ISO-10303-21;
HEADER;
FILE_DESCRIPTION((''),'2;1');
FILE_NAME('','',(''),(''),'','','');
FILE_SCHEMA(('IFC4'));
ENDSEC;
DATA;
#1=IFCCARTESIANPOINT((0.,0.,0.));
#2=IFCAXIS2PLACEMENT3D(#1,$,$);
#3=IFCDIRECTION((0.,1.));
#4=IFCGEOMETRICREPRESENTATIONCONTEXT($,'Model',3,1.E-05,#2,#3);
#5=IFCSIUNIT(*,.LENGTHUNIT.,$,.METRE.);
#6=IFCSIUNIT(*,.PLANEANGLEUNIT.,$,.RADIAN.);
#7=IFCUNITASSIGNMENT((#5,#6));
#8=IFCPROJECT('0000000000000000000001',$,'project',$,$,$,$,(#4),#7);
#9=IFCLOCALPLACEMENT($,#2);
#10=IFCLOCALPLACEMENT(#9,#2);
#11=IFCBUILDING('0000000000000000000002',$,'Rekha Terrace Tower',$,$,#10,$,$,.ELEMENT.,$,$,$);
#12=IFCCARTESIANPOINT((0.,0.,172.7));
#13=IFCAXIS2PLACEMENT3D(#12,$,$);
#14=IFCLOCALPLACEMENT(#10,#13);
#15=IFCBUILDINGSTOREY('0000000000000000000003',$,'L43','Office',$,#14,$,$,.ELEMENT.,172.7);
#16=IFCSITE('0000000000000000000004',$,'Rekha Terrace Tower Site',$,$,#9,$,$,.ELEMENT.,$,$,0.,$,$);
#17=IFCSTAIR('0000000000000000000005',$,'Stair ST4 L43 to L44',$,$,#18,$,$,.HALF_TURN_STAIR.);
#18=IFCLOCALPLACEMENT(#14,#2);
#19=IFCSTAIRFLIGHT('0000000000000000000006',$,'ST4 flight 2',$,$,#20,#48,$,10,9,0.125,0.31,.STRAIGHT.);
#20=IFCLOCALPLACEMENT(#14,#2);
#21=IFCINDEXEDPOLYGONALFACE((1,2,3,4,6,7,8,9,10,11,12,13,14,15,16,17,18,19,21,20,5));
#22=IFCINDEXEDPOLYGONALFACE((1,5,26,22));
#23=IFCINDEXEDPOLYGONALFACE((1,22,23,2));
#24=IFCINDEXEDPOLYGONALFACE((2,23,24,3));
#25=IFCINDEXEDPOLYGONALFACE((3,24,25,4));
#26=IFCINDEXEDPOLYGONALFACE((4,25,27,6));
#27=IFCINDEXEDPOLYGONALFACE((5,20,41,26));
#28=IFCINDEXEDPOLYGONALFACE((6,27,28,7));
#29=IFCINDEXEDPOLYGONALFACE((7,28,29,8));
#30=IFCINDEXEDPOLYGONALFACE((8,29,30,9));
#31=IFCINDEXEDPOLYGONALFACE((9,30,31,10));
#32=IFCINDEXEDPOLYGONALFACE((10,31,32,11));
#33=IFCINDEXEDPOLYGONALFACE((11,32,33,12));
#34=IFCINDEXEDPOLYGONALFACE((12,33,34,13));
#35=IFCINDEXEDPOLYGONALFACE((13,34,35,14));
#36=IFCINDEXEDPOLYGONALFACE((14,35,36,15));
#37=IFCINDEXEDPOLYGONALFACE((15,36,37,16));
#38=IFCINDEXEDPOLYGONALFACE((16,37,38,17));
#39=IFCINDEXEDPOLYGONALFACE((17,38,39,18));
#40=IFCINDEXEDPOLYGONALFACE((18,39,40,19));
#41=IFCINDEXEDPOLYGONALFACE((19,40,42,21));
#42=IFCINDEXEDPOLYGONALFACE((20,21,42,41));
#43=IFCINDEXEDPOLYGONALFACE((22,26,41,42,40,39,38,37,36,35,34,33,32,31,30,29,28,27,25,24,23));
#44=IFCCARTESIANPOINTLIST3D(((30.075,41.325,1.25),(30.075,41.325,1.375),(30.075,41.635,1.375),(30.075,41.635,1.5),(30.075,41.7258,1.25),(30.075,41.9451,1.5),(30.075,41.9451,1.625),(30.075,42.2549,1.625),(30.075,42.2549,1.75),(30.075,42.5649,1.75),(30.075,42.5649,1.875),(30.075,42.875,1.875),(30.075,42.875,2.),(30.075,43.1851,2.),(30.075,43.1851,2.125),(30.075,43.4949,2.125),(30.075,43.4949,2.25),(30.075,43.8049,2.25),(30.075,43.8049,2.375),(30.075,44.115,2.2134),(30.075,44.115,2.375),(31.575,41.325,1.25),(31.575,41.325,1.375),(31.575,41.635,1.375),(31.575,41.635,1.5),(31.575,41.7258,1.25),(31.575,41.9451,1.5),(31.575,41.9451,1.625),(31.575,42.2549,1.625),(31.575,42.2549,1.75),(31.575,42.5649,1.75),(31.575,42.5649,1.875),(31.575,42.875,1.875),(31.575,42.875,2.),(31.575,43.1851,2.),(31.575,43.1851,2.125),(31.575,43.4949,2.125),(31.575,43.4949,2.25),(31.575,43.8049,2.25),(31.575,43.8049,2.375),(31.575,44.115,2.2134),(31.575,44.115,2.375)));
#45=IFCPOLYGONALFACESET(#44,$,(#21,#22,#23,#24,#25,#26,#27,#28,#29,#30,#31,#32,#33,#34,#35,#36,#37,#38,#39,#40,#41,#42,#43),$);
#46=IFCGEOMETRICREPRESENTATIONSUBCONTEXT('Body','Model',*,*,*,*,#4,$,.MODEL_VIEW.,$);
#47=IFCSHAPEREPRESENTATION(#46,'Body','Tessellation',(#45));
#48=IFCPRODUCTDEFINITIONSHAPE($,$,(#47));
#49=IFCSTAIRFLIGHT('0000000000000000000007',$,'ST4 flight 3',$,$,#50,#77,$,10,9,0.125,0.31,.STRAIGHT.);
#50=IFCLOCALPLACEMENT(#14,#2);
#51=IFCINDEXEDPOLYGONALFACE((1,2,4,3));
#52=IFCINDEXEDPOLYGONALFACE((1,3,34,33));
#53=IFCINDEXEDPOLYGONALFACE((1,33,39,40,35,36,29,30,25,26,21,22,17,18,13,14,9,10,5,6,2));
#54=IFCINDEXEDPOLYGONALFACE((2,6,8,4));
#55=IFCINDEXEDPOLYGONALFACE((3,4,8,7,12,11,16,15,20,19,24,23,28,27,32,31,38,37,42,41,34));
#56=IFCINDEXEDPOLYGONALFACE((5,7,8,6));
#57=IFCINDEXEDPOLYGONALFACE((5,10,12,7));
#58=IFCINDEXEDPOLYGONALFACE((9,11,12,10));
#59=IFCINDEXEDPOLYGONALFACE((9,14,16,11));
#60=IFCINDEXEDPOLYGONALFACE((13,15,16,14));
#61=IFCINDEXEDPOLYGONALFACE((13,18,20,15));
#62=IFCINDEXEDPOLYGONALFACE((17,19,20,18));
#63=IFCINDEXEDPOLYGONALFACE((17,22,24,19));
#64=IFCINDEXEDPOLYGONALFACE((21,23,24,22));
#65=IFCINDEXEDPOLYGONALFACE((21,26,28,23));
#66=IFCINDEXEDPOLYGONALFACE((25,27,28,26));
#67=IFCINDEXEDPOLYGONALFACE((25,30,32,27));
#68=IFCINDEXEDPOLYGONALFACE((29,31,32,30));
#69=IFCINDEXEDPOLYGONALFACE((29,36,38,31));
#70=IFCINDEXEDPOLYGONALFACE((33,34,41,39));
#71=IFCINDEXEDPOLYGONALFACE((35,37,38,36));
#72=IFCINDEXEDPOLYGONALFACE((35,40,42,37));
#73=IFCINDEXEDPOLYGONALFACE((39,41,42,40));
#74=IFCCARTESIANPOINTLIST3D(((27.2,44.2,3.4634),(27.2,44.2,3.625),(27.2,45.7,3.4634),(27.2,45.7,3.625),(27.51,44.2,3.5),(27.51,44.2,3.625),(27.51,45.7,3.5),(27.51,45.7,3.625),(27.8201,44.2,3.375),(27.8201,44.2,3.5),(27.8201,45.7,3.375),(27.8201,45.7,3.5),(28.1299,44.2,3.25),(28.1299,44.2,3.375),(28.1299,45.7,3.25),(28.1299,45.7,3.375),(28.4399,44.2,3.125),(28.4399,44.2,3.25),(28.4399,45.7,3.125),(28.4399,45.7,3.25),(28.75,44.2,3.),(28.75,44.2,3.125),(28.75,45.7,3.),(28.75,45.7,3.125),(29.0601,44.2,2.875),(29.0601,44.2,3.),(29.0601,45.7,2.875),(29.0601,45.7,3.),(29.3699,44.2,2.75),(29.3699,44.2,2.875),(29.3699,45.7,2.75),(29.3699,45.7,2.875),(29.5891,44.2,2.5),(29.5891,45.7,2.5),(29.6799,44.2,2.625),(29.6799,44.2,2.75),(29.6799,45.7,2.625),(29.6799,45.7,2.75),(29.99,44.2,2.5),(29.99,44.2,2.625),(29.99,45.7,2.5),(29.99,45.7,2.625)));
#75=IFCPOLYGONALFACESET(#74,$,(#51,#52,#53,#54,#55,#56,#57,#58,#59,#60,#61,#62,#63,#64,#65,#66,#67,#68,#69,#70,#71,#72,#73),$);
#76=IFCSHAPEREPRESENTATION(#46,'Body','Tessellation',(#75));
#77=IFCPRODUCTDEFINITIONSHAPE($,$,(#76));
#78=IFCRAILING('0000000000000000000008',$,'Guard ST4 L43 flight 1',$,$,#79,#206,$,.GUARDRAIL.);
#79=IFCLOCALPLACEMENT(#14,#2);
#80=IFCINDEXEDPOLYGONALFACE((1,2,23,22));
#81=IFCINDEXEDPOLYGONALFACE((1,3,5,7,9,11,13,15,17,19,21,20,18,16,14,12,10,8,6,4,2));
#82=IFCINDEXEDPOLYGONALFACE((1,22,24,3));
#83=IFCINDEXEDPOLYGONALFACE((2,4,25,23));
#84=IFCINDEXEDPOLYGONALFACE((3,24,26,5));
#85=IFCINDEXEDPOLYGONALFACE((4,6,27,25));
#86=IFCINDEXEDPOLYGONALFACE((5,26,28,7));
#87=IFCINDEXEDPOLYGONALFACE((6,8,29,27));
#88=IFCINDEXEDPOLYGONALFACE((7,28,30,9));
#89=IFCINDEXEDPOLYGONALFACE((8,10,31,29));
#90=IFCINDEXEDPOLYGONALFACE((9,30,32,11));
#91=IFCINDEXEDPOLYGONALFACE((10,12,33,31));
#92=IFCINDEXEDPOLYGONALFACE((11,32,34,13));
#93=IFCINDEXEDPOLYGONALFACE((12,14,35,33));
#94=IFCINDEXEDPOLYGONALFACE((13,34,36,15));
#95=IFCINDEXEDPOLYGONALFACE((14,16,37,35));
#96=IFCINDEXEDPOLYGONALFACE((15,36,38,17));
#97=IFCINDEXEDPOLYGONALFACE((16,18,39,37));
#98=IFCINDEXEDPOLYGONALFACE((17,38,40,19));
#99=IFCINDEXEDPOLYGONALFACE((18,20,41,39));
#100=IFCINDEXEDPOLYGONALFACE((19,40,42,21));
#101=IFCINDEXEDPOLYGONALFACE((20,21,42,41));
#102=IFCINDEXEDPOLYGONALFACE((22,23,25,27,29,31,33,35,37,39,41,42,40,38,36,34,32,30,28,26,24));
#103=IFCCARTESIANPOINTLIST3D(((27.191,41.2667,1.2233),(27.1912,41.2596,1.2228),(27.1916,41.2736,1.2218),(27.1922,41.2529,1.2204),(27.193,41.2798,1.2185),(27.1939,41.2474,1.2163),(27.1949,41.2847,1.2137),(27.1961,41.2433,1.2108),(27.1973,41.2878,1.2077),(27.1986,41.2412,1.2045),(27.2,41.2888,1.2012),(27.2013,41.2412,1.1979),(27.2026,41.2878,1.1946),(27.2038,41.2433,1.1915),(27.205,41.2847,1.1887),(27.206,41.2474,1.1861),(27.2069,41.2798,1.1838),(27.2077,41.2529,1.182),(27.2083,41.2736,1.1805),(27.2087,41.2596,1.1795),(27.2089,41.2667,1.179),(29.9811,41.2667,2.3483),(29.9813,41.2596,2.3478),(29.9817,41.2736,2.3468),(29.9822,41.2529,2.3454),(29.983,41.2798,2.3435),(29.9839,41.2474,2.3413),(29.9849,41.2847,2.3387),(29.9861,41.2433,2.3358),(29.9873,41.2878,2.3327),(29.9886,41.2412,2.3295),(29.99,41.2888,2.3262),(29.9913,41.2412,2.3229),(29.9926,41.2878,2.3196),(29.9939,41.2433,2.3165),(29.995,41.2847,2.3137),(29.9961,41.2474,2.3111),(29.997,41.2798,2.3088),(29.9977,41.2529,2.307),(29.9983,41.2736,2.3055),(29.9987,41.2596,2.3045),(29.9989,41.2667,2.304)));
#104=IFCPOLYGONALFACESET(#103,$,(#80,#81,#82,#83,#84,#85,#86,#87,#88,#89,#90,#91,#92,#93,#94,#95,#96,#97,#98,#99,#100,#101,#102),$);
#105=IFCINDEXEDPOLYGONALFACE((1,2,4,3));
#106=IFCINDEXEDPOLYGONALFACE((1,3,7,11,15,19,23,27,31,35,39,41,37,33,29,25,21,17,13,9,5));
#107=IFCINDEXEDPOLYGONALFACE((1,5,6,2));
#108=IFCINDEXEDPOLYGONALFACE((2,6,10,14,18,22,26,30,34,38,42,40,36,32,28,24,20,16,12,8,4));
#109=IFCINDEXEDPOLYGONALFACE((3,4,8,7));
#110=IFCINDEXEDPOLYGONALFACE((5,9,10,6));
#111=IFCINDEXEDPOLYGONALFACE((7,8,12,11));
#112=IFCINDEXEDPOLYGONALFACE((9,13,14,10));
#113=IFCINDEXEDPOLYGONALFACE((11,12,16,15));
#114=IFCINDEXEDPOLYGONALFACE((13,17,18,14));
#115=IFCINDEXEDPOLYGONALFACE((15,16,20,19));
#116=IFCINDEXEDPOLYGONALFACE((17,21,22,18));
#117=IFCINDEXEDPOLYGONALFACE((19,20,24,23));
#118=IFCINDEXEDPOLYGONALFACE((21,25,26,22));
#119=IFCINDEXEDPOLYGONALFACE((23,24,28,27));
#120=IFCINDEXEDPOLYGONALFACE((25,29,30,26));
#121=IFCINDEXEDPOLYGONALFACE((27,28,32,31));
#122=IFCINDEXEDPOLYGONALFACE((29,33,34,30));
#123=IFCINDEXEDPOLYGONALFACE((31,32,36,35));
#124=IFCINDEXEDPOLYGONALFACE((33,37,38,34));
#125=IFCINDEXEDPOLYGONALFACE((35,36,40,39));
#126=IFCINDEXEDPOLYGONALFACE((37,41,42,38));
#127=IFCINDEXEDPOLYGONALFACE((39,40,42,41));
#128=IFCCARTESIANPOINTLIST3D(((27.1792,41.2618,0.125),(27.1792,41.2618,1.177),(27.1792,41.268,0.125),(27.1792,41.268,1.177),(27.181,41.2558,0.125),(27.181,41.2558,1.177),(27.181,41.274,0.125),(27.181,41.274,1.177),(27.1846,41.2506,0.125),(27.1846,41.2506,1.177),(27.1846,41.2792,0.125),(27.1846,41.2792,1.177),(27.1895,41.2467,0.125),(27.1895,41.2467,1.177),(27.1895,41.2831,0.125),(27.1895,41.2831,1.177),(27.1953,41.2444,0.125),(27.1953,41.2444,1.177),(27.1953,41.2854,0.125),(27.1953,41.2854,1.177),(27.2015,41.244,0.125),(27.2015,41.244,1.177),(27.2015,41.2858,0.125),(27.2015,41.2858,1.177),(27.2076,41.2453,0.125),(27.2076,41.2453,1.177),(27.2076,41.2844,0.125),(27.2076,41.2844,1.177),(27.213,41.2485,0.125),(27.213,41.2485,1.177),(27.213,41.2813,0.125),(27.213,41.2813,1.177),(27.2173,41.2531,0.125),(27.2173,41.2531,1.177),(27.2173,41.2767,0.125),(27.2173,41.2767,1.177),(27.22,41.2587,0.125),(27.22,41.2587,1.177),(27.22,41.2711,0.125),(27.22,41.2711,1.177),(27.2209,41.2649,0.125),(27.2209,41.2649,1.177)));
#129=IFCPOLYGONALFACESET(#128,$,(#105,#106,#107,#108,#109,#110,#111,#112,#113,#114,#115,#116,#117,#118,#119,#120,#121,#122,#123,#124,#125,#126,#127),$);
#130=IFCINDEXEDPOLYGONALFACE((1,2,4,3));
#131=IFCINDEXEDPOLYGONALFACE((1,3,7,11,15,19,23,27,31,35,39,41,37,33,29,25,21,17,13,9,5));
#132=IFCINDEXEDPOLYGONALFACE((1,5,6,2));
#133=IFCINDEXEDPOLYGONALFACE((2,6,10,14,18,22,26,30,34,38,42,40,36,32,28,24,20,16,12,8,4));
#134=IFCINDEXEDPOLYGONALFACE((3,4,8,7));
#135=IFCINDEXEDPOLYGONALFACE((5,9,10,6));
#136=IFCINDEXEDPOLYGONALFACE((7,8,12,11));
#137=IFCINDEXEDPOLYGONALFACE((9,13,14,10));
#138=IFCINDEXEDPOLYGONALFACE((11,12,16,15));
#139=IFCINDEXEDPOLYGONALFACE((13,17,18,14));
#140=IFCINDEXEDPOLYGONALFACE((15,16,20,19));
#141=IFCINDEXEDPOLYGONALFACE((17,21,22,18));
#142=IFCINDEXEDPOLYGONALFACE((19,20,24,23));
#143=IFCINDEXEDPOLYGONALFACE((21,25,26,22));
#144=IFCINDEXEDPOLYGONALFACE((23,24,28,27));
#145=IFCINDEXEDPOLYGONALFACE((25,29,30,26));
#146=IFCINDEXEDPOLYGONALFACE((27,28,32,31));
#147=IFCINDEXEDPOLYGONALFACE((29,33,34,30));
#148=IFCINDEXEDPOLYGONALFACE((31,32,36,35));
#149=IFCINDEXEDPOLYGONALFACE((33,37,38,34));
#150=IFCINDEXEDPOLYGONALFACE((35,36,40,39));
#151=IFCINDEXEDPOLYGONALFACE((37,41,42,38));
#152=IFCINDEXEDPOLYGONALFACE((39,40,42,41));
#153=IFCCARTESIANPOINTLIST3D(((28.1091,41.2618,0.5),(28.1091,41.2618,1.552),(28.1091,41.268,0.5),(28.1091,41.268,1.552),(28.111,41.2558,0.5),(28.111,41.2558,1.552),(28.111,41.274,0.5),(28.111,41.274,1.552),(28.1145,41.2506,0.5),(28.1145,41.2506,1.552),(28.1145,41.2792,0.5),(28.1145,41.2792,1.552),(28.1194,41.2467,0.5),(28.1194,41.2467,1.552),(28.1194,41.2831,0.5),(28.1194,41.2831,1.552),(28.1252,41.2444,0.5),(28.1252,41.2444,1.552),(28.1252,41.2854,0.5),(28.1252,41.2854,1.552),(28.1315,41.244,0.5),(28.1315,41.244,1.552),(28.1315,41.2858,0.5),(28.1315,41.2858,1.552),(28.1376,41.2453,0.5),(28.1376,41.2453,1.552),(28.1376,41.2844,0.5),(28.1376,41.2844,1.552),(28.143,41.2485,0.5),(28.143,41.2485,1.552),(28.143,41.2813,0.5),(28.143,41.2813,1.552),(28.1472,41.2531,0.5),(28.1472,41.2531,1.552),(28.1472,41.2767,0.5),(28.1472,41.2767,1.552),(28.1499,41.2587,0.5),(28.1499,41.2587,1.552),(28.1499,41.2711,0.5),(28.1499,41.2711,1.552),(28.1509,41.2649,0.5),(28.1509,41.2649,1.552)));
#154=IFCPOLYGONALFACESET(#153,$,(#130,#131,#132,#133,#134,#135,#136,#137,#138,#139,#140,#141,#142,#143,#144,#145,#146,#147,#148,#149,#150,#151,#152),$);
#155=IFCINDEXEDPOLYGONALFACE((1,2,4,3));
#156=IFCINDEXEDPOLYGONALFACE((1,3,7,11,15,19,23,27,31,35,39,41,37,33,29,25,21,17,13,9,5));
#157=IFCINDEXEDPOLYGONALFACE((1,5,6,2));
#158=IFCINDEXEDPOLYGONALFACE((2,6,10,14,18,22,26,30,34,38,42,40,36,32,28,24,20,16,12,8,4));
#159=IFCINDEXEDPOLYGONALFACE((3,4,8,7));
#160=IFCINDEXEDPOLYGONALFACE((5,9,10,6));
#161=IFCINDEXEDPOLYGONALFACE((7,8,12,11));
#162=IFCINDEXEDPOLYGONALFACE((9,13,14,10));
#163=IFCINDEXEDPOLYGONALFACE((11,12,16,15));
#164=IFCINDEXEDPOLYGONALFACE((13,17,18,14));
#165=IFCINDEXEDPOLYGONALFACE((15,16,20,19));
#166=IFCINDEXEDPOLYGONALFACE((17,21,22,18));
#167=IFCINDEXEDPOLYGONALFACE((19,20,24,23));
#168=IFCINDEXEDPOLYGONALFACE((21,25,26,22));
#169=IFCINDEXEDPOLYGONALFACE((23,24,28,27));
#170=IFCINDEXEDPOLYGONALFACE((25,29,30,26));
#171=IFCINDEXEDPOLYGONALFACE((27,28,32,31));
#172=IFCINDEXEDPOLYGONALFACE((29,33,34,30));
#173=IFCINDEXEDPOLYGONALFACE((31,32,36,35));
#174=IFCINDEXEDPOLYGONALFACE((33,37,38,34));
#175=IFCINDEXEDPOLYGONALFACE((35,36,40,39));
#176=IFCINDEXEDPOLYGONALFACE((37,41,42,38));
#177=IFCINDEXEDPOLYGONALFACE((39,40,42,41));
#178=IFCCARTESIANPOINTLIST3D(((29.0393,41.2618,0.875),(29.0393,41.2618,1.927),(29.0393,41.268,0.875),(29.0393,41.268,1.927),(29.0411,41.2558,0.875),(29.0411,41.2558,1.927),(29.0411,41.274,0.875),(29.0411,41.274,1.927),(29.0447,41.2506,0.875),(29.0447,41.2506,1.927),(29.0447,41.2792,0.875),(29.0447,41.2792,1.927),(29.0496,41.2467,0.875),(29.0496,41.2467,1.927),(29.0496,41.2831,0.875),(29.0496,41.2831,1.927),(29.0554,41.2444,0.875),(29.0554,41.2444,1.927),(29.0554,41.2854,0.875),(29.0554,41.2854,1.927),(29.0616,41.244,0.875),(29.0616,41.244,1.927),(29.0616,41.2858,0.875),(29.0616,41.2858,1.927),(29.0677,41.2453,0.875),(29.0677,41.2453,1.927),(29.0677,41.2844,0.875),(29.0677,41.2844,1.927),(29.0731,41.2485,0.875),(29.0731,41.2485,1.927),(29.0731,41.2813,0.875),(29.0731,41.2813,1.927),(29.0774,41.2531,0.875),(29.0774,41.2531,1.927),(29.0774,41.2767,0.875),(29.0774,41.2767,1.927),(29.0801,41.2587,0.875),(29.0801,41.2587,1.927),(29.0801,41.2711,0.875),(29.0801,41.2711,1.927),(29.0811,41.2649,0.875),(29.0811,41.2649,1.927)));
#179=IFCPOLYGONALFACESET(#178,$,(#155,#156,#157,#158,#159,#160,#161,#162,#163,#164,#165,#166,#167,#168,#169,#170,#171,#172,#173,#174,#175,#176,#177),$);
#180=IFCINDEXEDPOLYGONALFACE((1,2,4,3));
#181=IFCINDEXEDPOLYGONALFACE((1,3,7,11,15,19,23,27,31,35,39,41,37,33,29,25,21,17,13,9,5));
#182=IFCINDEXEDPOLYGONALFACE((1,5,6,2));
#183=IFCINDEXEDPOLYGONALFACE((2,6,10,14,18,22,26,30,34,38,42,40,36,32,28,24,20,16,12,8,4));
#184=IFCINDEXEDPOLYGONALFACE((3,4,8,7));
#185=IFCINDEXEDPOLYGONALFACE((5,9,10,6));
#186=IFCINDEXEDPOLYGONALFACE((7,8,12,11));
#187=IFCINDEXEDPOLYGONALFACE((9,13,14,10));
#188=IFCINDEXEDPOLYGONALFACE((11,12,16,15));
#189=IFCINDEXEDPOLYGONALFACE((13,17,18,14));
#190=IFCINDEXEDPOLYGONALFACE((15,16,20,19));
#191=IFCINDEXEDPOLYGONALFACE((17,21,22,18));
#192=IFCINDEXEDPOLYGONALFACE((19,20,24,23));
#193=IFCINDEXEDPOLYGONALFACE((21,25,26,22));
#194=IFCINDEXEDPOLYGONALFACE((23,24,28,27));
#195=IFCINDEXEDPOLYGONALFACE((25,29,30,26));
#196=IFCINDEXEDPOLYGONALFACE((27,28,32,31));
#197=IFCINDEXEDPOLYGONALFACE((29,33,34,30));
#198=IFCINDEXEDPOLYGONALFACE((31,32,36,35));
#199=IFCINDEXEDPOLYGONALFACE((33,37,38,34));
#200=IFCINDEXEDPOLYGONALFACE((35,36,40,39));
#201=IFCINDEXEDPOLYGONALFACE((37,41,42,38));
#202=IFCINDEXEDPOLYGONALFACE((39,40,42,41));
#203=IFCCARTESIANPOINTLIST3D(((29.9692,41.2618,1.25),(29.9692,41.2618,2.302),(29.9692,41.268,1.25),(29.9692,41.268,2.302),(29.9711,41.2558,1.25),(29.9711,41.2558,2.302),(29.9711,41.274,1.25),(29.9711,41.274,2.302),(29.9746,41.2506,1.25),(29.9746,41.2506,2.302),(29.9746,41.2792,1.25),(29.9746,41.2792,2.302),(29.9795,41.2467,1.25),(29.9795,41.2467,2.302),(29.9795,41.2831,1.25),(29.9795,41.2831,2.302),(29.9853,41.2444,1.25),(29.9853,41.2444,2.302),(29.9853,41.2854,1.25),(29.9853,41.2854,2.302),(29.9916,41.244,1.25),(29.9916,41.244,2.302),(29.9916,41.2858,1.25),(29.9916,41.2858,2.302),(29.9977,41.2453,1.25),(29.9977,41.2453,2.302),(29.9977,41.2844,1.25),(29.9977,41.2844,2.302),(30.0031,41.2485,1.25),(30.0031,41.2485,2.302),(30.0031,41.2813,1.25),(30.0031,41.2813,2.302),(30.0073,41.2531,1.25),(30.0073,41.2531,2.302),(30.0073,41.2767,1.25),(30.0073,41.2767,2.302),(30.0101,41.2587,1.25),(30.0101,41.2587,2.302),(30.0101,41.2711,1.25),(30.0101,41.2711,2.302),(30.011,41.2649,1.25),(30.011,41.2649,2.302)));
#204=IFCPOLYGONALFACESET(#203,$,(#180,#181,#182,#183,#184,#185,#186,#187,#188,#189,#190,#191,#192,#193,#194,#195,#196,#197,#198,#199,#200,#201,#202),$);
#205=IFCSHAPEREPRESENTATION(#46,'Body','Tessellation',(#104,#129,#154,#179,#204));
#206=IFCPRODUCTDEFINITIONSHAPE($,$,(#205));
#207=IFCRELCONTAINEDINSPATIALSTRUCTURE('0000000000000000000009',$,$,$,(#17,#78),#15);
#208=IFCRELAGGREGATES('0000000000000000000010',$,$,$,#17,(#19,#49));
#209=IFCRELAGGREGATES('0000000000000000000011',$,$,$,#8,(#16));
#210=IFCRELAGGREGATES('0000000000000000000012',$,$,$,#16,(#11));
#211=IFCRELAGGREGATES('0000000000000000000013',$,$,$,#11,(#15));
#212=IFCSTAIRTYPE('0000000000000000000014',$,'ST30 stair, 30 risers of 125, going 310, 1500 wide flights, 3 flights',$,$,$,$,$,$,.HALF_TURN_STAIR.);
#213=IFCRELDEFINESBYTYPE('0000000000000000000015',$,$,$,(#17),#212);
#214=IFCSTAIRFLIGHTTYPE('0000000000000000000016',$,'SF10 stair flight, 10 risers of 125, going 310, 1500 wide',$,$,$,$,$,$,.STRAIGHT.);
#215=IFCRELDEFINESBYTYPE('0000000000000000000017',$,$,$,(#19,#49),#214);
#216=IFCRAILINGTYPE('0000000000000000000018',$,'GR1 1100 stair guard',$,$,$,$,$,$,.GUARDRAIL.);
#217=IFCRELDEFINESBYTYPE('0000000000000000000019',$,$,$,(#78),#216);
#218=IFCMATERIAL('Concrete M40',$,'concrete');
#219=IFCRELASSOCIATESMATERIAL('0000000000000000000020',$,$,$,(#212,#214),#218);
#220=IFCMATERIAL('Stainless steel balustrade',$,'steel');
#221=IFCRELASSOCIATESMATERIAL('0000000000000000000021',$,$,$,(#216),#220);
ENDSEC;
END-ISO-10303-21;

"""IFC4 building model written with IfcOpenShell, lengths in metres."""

from ifc_helpers import new_model, si_unit, direction, frame, origin, origin_2d, place, context, subcontext, project, spatial, polyline, circle, outline, extrude, material, type_object, element, aggregate, save


model = new_model("IFC4")

# Units and contexts
model_context = context("Model", 3, precision=1e-05, world=origin(), true_north=direction((0.0, 1.0)))
body_context = subcontext(model_context, "Body", "Model", "MODEL_VIEW")
ifc_project = project(units=[si_unit("LENGTHUNIT", "METRE"), si_unit("PLANEANGLEUNIT", "RADIAN")], contexts=[model_context])

# Site, building, storey
site_placement = place(None, origin())
site = spatial("IfcSite", under=ifc_project, at=site_placement, Name="Rekha Terrace Tower Site", CompositionType="ELEMENT", RefElevation=0.0)
building_placement = place(site_placement, origin())
building = spatial("IfcBuilding", under=site, at=building_placement, Name="Rekha Terrace Tower", CompositionType="ELEMENT")
storey_placement = place(building_placement, frame((0.0, 0.0, 172.7)))
storey = spatial("IfcBuildingStorey", under=building, at=storey_placement, Name="L43", Description="Office", CompositionType="ELEMENT", Elevation=172.7)

# Stair, stair flights
ifc_material_1 = material(Name="Concrete M40", Category="concrete")
stair_type = type_object("IfcStairType", Name="ST30 stair, 30 risers of 125, going 310, 1500 wide flights, 3 flights", PredefinedType="HALF_TURN_STAIR", material=ifc_material_1)
stair_placement = place(storey_placement, origin())
stair = element("IfcStair", 1, at=stair_placement, inside=storey, type_object=stair_type, Name="Stair ST4 L43 to L44", PredefinedType="HALF_TURN_STAIR")
stair_flight_type = type_object("IfcStairFlightType", Name="SF10 stair flight, 10 risers of 125, going 310, 1500 wide", PredefinedType="STRAIGHT", material=ifc_material_1)
stair_flight_1_placement = place(storey_placement, frame((30.825, 41.325, 1.25), z_axis=(0.0, 0.0, 1.0), x_axis=(0.0, 1.0, 0.0)))
stair_flight_1 = element("IfcStairFlight", 2, at=stair_flight_1_placement, type_object=stair_flight_type, Name="ST4 flight 2", NumberOfRisers=10, NumberOfTreads=9, PredefinedType="STRAIGHT", RiserHeight=0.125, TreadLength=0.31, context=body_context, shape_type="SweptSolid", body=[
    extrude(outline(polyline([(0.0, 0.0), (0.0, 0.125), (0.3101, 0.125), (0.3101, 0.25), (0.6201, 0.25), (0.6201, 0.375), (0.9299, 0.375), (0.9299, 0.5), (1.24, 0.5), (1.24, 0.625), (1.55, 0.625), (1.55, 0.75), (1.8601, 0.75), (1.8601, 0.875), (2.1699, 0.875), (2.1699, 1.0), (2.48, 1.0), (2.48, 1.125), (2.79, 1.125), (2.79, 1.25), (2.79, 0.9634), (0.4009, 0.0), (0.0, 0.0)])), frame((0.0, 0.75, 0.0), z_axis=(0.0, -1.0, 0.0), x_axis=(1.0, 0.0, 0.0)), (0.0, 0.0, 1.0), 1.5),
])
stair_flight_2_placement = place(storey_placement, frame((29.99, 44.95, 2.5), z_axis=(0.0, 0.0, 1.0), x_axis=(-1.0, 0.0, 0.0)))
stair_flight_2 = element("IfcStairFlight", 3, at=stair_flight_2_placement, type_object=stair_flight_type, Name="ST4 flight 3", NumberOfRisers=10, NumberOfTreads=9, PredefinedType="STRAIGHT", RiserHeight=0.125, TreadLength=0.31, context=body_context, shape_type="SweptSolid", body=[
    extrude(outline(polyline([(0.0, 0.0), (0.0, 0.125), (0.3101, 0.125), (0.3101, 0.25), (0.6201, 0.25), (0.6201, 0.375), (0.9299, 0.375), (0.9299, 0.5), (1.24, 0.5), (1.24, 0.625), (1.55, 0.625), (1.55, 0.75), (1.8601, 0.75), (1.8601, 0.875), (2.1699, 0.875), (2.1699, 1.0), (2.48, 1.0), (2.48, 1.125), (2.79, 1.125), (2.79, 1.25), (2.79, 0.9634), (0.4009, 0.0), (0.0, 0.0)])), frame((0.0, 0.75, 0.0), z_axis=(0.0, -1.0, 0.0), x_axis=(1.0, 0.0, 0.0)), (0.0, 0.0, 1.0), 1.5),
])
aggregate(stair, [stair_flight_1, stair_flight_2])

# Railing
ifc_material_2 = material(Name="Stainless steel balustrade", Category="steel")
railing_type_1 = type_object("IfcRailingType", Name="GR1 1100 stair guard", PredefinedType="GUARDRAIL", material=ifc_material_2)
railing_1_placement = place(storey_placement, frame((27.2, 41.2649, 0.125)))
element("IfcRailing", 4, at=railing_1_placement, inside=storey, type_object=railing_type_1, Name="Guard ST4 L43 flight 1", PredefinedType="GUARDRAIL", context=body_context, shape_type="SweptSolid", body=[
    extrude(circle(Radius=0.0239, at=origin_2d()), frame((0.0, 0.0, 1.0762), z_axis=(0.927443, 0.0, 0.373964), x_axis=(0.0, 1.0, 0.0)), (0.0, 0.0, 1.0), 3.0083),
    extrude(circle(Radius=0.021, at=origin_2d()), origin(), (0.0, 0.0, 1.0), 1.052),
    extrude(circle(Radius=0.021, at=origin_2d()), frame((0.9299, 0.0, 0.375)), (0.0, 0.0, 1.0), 1.052),
    extrude(circle(Radius=0.021, at=origin_2d()), frame((1.8601, 0.0, 0.75)), (0.0, 0.0, 1.0), 1.052),
    extrude(circle(Radius=0.021, at=origin_2d()), frame((2.79, 0.0, 1.125)), (0.0, 0.0, 1.0), 1.052),
])

save(model, "model.ifc")
